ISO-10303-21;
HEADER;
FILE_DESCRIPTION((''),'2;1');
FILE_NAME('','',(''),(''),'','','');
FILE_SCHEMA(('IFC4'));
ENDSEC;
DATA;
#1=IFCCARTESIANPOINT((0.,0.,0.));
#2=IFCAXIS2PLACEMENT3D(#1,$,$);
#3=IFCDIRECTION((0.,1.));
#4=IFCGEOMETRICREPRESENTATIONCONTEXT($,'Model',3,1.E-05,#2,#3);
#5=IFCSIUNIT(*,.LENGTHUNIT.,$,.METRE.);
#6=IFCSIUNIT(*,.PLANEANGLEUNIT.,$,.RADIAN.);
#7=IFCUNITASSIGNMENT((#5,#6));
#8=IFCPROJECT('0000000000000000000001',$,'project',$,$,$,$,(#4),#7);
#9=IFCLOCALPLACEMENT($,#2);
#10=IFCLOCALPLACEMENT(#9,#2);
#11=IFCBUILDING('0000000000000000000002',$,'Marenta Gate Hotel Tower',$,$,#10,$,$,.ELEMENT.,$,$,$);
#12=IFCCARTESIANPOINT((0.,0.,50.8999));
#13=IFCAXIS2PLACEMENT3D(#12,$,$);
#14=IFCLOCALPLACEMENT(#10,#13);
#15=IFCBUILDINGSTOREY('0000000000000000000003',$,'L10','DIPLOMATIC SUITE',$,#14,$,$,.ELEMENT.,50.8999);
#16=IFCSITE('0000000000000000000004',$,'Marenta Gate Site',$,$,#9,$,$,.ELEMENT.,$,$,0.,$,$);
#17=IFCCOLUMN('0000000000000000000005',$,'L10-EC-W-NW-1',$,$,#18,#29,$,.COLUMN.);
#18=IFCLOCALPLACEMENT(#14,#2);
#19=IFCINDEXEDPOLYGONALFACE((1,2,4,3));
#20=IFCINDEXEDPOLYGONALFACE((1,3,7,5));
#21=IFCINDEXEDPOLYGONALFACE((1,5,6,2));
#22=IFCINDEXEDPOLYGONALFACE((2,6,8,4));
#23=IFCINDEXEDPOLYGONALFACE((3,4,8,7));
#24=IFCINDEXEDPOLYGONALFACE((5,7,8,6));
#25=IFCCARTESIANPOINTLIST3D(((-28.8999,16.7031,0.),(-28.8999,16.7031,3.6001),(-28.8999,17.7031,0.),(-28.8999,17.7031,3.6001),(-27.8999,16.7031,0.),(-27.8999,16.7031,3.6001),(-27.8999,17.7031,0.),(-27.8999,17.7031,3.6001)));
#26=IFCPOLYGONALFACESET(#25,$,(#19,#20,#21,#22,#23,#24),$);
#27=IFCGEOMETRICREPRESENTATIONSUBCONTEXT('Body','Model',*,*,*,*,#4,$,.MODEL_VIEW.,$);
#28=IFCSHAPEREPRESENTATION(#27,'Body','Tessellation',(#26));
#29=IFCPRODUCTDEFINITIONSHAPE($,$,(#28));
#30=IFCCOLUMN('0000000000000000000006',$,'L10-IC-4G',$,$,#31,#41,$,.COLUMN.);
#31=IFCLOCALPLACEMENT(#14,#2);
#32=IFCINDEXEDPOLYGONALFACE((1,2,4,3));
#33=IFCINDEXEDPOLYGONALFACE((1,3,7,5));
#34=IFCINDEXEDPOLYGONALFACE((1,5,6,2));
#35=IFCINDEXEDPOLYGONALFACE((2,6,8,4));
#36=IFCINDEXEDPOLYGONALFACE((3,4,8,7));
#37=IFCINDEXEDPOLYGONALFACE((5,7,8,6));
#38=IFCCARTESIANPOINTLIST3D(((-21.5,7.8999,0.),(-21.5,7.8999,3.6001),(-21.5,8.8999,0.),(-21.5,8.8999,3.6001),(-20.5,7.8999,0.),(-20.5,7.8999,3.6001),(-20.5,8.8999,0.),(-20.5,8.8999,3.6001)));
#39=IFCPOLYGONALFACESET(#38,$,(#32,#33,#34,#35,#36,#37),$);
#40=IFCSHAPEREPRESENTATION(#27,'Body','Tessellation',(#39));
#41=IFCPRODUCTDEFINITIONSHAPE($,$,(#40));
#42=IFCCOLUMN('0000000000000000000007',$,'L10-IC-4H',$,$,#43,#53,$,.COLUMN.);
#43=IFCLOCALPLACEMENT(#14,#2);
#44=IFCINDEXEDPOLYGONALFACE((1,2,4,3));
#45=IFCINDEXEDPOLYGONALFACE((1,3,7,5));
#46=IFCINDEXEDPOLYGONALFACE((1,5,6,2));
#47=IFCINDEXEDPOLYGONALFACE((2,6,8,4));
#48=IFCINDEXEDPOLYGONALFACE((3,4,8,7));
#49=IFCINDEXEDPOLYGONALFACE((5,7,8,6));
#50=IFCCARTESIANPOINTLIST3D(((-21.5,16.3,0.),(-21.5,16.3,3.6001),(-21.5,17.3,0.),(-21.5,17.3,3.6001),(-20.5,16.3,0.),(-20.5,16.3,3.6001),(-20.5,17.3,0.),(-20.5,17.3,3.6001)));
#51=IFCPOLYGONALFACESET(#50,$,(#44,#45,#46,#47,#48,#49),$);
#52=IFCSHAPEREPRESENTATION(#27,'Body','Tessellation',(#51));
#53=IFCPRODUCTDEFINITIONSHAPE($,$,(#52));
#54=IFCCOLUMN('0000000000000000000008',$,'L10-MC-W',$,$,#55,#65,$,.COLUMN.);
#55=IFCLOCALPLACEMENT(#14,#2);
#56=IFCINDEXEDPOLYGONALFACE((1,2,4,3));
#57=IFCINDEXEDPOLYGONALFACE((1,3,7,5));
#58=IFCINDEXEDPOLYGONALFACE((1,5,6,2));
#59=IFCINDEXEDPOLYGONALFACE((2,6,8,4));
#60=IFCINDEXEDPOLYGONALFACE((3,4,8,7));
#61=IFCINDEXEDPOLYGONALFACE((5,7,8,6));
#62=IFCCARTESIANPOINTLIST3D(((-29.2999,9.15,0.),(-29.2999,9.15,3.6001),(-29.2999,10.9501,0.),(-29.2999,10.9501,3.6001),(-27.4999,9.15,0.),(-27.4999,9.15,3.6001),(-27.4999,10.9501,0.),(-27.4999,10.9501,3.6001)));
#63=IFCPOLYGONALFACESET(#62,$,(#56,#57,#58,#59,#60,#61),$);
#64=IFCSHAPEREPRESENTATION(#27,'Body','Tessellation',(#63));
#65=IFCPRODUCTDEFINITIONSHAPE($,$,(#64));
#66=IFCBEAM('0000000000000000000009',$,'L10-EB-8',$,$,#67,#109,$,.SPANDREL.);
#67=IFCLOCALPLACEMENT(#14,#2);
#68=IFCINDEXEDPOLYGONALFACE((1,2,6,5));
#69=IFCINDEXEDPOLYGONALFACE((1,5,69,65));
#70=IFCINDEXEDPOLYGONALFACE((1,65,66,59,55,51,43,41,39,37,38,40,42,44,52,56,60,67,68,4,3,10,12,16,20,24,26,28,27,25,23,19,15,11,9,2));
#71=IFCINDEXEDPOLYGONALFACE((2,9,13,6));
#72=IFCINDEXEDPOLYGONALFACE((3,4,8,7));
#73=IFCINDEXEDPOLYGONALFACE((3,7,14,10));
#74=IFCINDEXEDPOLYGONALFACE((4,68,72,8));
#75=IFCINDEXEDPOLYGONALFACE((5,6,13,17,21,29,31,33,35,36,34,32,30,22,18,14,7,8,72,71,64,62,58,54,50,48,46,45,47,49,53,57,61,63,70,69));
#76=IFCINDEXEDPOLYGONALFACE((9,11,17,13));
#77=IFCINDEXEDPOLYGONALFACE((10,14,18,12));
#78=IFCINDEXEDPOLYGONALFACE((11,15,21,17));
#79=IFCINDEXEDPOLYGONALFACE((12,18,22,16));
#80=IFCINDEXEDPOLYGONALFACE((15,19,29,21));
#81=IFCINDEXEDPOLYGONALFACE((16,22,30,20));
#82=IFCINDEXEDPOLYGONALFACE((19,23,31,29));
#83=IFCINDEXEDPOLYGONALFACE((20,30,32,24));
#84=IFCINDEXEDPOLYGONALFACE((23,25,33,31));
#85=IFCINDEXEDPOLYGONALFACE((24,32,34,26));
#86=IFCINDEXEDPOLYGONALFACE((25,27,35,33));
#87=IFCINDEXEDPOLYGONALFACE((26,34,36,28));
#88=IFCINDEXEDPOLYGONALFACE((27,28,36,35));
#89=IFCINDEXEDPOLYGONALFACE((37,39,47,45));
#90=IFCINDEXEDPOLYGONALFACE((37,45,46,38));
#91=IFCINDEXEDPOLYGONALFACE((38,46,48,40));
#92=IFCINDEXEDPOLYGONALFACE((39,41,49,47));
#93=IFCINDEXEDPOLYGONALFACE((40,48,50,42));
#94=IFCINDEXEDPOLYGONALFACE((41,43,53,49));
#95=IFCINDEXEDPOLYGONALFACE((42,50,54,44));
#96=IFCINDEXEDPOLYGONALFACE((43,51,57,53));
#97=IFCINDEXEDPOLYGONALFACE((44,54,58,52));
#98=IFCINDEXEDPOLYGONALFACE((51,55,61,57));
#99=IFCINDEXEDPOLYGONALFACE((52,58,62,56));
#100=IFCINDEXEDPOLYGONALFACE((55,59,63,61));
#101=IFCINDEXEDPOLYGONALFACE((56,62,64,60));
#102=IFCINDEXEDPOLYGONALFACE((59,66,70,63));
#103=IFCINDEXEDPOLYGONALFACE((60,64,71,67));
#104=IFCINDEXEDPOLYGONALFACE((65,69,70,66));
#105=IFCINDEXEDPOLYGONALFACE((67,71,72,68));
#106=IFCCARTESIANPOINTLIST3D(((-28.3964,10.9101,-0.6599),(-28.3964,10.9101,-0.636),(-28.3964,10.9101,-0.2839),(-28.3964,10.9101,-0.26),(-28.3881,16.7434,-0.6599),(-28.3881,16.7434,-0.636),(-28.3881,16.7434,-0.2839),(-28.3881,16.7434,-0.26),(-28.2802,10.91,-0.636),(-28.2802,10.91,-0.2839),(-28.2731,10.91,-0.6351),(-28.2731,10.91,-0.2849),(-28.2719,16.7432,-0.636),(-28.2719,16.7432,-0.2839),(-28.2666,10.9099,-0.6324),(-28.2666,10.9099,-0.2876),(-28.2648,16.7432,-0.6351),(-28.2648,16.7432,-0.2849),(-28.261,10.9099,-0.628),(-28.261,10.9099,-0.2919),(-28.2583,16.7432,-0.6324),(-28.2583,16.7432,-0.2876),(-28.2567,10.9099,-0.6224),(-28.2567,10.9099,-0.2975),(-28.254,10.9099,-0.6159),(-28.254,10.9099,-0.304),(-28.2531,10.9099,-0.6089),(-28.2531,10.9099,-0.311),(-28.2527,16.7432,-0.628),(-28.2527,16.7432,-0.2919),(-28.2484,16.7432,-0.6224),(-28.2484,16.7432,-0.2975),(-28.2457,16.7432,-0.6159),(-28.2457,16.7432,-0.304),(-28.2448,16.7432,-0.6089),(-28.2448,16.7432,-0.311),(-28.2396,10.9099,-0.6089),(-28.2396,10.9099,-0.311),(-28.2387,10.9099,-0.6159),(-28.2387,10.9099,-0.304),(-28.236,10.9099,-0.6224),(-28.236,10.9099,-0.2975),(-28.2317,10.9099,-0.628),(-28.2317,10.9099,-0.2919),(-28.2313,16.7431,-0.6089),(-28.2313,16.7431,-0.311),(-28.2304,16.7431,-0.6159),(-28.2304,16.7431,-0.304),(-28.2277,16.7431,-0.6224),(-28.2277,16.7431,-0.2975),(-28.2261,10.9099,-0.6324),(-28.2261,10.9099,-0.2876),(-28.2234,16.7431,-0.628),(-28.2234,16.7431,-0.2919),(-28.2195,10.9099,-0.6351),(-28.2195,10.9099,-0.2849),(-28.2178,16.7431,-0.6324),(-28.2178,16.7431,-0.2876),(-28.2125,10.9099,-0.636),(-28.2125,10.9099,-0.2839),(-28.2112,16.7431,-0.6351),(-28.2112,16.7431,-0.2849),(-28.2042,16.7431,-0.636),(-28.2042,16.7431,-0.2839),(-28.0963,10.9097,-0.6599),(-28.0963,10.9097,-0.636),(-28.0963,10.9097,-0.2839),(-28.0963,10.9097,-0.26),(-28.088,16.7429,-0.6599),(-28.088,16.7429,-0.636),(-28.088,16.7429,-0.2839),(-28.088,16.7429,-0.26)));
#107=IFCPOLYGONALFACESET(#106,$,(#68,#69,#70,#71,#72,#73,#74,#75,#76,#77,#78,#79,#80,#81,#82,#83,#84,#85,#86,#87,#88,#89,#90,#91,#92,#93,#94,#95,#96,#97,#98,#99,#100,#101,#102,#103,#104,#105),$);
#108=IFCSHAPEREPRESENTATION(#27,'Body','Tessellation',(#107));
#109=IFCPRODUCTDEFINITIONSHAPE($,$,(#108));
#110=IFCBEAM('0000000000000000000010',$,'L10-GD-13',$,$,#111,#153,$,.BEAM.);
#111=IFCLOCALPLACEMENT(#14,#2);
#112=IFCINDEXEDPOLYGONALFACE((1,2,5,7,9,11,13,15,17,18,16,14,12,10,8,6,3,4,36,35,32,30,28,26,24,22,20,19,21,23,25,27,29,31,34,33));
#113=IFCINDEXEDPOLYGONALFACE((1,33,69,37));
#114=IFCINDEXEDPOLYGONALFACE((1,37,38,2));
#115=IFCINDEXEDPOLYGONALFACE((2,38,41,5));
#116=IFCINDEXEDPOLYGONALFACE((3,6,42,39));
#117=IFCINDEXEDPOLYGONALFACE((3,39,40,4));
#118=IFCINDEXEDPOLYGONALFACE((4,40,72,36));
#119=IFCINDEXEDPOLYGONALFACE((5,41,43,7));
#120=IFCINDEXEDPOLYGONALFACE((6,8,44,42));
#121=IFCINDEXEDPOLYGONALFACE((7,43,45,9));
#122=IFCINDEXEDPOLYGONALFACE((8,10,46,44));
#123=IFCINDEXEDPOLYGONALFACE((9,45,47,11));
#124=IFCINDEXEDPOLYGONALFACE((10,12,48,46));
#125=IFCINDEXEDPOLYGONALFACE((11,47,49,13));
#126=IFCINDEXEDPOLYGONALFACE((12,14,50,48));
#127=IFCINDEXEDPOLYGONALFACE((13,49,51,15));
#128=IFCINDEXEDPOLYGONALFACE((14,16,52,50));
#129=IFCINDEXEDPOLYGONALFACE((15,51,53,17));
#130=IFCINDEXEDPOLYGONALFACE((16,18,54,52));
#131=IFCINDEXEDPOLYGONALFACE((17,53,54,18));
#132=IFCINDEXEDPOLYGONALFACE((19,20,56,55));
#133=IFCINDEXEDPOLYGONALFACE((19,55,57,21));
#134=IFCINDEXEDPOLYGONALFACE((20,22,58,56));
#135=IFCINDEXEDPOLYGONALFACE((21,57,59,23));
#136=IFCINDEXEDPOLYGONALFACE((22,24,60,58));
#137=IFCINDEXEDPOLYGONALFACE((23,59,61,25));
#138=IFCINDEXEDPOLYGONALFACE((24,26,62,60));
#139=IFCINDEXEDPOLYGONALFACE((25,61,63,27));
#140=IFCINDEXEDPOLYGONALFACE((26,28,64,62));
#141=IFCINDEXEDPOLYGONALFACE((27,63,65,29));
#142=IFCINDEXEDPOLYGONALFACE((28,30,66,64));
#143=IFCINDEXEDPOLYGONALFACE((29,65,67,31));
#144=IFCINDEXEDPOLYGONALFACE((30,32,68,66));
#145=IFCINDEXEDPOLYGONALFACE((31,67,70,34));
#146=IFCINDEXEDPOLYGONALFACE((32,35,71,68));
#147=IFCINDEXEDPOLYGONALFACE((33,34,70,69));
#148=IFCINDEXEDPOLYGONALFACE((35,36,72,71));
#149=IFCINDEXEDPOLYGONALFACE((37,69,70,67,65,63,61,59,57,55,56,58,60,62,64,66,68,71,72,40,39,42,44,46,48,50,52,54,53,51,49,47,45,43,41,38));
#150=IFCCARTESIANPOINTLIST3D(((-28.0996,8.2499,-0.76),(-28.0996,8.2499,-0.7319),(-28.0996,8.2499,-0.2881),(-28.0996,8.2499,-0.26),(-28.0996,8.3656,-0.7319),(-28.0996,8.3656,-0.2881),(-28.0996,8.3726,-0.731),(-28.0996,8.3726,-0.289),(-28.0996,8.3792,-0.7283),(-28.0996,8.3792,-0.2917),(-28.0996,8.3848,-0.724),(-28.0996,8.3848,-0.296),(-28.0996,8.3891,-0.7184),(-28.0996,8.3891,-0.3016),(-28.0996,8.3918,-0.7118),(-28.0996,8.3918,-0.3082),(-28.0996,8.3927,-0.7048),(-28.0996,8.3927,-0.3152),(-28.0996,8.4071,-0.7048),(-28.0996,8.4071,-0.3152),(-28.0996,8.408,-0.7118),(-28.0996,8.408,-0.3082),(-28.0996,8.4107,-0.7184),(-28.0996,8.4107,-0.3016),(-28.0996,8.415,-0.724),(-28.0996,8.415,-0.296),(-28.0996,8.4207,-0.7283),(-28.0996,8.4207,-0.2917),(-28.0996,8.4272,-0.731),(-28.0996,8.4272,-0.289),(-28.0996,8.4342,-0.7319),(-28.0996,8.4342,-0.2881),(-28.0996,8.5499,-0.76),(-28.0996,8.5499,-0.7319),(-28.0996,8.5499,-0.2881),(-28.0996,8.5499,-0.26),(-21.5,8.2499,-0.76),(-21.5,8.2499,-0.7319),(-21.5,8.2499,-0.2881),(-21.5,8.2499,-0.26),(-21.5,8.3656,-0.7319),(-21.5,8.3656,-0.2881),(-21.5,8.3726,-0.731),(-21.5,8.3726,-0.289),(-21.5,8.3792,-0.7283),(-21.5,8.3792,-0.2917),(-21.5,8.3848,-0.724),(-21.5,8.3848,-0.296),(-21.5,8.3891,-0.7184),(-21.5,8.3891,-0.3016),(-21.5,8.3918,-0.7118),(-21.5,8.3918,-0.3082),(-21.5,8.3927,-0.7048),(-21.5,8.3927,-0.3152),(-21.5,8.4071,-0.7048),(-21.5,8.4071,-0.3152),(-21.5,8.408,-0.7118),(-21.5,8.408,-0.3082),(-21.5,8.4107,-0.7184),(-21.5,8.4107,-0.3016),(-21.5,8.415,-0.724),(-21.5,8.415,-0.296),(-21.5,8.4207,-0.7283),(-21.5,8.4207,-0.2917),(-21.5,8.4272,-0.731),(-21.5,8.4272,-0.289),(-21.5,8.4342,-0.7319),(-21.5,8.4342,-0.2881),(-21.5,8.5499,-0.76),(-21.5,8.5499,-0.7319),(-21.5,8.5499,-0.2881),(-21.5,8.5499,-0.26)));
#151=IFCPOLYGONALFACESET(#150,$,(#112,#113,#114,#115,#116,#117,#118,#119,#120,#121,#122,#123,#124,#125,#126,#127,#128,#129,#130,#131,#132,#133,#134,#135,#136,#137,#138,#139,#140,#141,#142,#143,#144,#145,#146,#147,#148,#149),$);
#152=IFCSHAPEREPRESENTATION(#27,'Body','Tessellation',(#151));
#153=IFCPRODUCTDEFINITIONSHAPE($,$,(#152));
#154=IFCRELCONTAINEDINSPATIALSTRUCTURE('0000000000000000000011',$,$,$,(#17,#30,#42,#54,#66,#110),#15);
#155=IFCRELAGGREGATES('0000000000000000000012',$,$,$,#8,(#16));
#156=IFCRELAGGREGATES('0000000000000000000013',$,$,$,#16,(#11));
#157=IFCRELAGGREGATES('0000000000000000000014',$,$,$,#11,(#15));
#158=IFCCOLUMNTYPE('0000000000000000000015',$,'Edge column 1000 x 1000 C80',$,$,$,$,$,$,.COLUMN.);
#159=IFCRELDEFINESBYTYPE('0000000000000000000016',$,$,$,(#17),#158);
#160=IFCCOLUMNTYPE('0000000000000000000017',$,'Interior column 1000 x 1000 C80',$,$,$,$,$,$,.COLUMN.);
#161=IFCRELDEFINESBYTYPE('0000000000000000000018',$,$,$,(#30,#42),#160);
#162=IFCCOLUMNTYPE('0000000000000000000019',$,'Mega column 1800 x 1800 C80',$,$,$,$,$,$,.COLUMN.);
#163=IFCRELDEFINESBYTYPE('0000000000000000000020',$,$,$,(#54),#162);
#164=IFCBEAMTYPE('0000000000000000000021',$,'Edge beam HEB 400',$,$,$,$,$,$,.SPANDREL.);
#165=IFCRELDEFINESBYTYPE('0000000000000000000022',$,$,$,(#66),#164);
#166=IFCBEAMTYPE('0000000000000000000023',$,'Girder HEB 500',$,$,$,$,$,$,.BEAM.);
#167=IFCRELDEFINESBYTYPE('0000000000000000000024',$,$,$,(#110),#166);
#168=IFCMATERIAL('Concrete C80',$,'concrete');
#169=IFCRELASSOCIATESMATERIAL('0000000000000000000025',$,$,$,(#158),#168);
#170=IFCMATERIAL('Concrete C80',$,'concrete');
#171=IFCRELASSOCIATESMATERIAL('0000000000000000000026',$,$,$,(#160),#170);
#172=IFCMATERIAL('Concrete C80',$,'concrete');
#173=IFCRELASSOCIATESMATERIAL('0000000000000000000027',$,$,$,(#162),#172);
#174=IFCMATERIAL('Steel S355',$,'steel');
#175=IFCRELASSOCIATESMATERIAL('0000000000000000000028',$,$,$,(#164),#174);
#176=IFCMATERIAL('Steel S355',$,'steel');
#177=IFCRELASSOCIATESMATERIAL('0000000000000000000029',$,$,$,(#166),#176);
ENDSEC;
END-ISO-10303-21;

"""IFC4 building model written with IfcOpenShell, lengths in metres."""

from ifc_helpers import new_model, si_unit, direction, frame, origin, origin_2d, place, context, subcontext, project, spatial, rectangle, i_section, extrude, material, material_profile, profile_set, type_object, element, save


model = new_model("IFC4")

# Units and contexts
model_context = context("Model", 3, precision=1e-05, world=origin(), true_north=direction((0.0, 1.0)))
body_context = subcontext(model_context, "Body", "Model", "MODEL_VIEW")
ifc_project = project(units=[si_unit("LENGTHUNIT", "METRE"), si_unit("PLANEANGLEUNIT", "RADIAN")], contexts=[model_context])

# Site, building, storey
site_placement = place(None, origin())
site = spatial("IfcSite", under=ifc_project, at=site_placement, Name="Marenta Gate Site", CompositionType="ELEMENT", RefElevation=0.0)
building_placement = place(site_placement, origin())
building = spatial("IfcBuilding", under=site, at=building_placement, Name="Marenta Gate Hotel Tower", CompositionType="ELEMENT")
storey_placement = place(building_placement, frame((0.0, 0.0, 50.8999)))
storey = spatial("IfcBuildingStorey", under=building, at=storey_placement, Name="L10", Description="DIPLOMATIC SUITE", CompositionType="ELEMENT", Elevation=50.8999)

# Columns
ifc_material_1 = material(Name="Concrete C80", Category="concrete")
ifc_material_profile_1 = material_profile(ifc_material_1, rectangle(XDim=1.0, YDim=1.0, at=origin_2d()), Name="1000 x 1000")
ifc_profile_set_1 = profile_set([ifc_material_profile_1], Name="Concrete C80")
column_type_1 = type_object("IfcColumnType", Name="Edge column 1000 x 1000 C80", PredefinedType="COLUMN", material=ifc_profile_set_1)
column_1_placement = place(storey_placement, frame((-28.3999, 17.2031, 0.0), z_axis=(0.0, 0.0, 1.0), x_axis=(1.0, 0.0, 0.0)))
element("IfcColumn", 1, at=column_1_placement, inside=storey, type_object=column_type_1, Name="L10-EC-W-NW-1", PredefinedType="COLUMN", context=body_context, shape_type="SweptSolid", body=[
    extrude(rectangle(XDim=1.0, YDim=1.0, at=origin_2d()), origin(), (0.0, 0.0, 1.0), 3.6001),
])
ifc_material_2 = material(Name="Concrete C80", Category="concrete")
ifc_material_profile_2 = material_profile(ifc_material_2, rectangle(XDim=1.0, YDim=1.0, at=origin_2d()), Name="1000 x 1000")
ifc_profile_set_2 = profile_set([ifc_material_profile_2], Name="Concrete C80")
column_type_2 = type_object("IfcColumnType", Name="Interior column 1000 x 1000 C80", PredefinedType="COLUMN", material=ifc_profile_set_2)
for number, where, z_axis, x_axis, name in (
    (2, (-21.0, 8.3999, 0.0), (0.0, 0.0, 1.0), (1.0, 0.0, 0.0), "L10-IC-4G"),
    (3, (-21.0, 16.8, 0.0), (0.0, 0.0, 1.0), (1.0, 0.0, 0.0), "L10-IC-4H"),
):
    element("IfcColumn", number, at=place(storey_placement, frame(where, z_axis=z_axis, x_axis=x_axis)), inside=storey, type_object=column_type_2, Name=name, PredefinedType="COLUMN", context=body_context, shape_type="SweptSolid", body=[
        extrude(rectangle(XDim=1.0, YDim=1.0, at=origin_2d()), origin(), (0.0, 0.0, 1.0), 3.6001),
    ])
ifc_material_3 = material(Name="Concrete C80", Category="concrete")
ifc_material_profile_3 = material_profile(ifc_material_3, rectangle(XDim=1.8, YDim=1.8, at=origin_2d()), Name="1800 x 1800")
ifc_profile_set_3 = profile_set([ifc_material_profile_3], Name="Concrete C80")
column_type_3 = type_object("IfcColumnType", Name="Mega column 1800 x 1800 C80", PredefinedType="COLUMN", material=ifc_profile_set_3)
column_2_placement = place(storey_placement, frame((-28.3999, 10.05, 0.0), z_axis=(0.0, 0.0, 1.0), x_axis=(1.0, 0.0, 0.0)))
element("IfcColumn", 4, at=column_2_placement, inside=storey, type_object=column_type_3, Name="L10-MC-W", PredefinedType="COLUMN", context=body_context, shape_type="SweptSolid", body=[
    extrude(rectangle(XDim=1.8, YDim=1.8, at=origin_2d()), origin(), (0.0, 0.0, 1.0), 3.6001),
])

# Beams
ifc_material_4 = material(Name="Steel S355", Category="steel")
ifc_material_profile_4 = material_profile(ifc_material_4, i_section(OverallWidth=0.3, OverallDepth=0.3999, WebThickness=0.0134, FlangeThickness=0.0239, FilletRadius=0.0271, at=origin_2d()), Name="HEB 400")
ifc_profile_set_4 = profile_set([ifc_material_profile_4], Name="Steel S355")
beam_type_1 = type_object("IfcBeamType", Name="Edge beam HEB 400", PredefinedType="SPANDREL", material=ifc_profile_set_4)
beam_1_placement = place(storey_placement, frame((-28.2463, 10.9099, -0.46), z_axis=(0.001423, 0.999999, 0.0), x_axis=(-0.999999, 0.001423, 0.0)))
element("IfcBeam", 5, at=beam_1_placement, inside=storey, type_object=beam_type_1, Name="L10-EB-8", PredefinedType="SPANDREL", context=body_context, shape_type="SweptSolid", body=[
    extrude(i_section(OverallWidth=0.3, OverallDepth=0.3999, WebThickness=0.0134, FlangeThickness=0.0239, FilletRadius=0.0271, at=origin_2d()), origin(), (0.0, 0.0, 1.0), 5.8333),
])
ifc_material_5 = material(Name="Steel S355", Category="steel")
ifc_material_profile_5 = material_profile(ifc_material_5, i_section(OverallWidth=0.3, OverallDepth=0.5, WebThickness=0.0144, FlangeThickness=0.0281, FilletRadius=0.0271, at=origin_2d()), Name="HEB 500")
ifc_profile_set_5 = profile_set([ifc_material_profile_5], Name="Steel S355")
beam_type_2 = type_object("IfcBeamType", Name="Girder HEB 500", PredefinedType="BEAM", material=ifc_profile_set_5)
beam_2_placement = place(storey_placement, frame((-28.0996, 8.3999, -0.51), z_axis=(1.0, 0.0, 0.0), x_axis=(0.0, 1.0, 0.0)))
element("IfcBeam", 6, at=beam_2_placement, inside=storey, type_object=beam_type_2, Name="L10-GD-13", PredefinedType="BEAM", context=body_context, shape_type="SweptSolid", body=[
    extrude(i_section(OverallWidth=0.3, OverallDepth=0.5, WebThickness=0.0144, FlangeThickness=0.0281, FilletRadius=0.0271, at=origin_2d()), origin(), (0.0, 0.0, 1.0), 6.5996),
])

save(model, "model.ifc")
